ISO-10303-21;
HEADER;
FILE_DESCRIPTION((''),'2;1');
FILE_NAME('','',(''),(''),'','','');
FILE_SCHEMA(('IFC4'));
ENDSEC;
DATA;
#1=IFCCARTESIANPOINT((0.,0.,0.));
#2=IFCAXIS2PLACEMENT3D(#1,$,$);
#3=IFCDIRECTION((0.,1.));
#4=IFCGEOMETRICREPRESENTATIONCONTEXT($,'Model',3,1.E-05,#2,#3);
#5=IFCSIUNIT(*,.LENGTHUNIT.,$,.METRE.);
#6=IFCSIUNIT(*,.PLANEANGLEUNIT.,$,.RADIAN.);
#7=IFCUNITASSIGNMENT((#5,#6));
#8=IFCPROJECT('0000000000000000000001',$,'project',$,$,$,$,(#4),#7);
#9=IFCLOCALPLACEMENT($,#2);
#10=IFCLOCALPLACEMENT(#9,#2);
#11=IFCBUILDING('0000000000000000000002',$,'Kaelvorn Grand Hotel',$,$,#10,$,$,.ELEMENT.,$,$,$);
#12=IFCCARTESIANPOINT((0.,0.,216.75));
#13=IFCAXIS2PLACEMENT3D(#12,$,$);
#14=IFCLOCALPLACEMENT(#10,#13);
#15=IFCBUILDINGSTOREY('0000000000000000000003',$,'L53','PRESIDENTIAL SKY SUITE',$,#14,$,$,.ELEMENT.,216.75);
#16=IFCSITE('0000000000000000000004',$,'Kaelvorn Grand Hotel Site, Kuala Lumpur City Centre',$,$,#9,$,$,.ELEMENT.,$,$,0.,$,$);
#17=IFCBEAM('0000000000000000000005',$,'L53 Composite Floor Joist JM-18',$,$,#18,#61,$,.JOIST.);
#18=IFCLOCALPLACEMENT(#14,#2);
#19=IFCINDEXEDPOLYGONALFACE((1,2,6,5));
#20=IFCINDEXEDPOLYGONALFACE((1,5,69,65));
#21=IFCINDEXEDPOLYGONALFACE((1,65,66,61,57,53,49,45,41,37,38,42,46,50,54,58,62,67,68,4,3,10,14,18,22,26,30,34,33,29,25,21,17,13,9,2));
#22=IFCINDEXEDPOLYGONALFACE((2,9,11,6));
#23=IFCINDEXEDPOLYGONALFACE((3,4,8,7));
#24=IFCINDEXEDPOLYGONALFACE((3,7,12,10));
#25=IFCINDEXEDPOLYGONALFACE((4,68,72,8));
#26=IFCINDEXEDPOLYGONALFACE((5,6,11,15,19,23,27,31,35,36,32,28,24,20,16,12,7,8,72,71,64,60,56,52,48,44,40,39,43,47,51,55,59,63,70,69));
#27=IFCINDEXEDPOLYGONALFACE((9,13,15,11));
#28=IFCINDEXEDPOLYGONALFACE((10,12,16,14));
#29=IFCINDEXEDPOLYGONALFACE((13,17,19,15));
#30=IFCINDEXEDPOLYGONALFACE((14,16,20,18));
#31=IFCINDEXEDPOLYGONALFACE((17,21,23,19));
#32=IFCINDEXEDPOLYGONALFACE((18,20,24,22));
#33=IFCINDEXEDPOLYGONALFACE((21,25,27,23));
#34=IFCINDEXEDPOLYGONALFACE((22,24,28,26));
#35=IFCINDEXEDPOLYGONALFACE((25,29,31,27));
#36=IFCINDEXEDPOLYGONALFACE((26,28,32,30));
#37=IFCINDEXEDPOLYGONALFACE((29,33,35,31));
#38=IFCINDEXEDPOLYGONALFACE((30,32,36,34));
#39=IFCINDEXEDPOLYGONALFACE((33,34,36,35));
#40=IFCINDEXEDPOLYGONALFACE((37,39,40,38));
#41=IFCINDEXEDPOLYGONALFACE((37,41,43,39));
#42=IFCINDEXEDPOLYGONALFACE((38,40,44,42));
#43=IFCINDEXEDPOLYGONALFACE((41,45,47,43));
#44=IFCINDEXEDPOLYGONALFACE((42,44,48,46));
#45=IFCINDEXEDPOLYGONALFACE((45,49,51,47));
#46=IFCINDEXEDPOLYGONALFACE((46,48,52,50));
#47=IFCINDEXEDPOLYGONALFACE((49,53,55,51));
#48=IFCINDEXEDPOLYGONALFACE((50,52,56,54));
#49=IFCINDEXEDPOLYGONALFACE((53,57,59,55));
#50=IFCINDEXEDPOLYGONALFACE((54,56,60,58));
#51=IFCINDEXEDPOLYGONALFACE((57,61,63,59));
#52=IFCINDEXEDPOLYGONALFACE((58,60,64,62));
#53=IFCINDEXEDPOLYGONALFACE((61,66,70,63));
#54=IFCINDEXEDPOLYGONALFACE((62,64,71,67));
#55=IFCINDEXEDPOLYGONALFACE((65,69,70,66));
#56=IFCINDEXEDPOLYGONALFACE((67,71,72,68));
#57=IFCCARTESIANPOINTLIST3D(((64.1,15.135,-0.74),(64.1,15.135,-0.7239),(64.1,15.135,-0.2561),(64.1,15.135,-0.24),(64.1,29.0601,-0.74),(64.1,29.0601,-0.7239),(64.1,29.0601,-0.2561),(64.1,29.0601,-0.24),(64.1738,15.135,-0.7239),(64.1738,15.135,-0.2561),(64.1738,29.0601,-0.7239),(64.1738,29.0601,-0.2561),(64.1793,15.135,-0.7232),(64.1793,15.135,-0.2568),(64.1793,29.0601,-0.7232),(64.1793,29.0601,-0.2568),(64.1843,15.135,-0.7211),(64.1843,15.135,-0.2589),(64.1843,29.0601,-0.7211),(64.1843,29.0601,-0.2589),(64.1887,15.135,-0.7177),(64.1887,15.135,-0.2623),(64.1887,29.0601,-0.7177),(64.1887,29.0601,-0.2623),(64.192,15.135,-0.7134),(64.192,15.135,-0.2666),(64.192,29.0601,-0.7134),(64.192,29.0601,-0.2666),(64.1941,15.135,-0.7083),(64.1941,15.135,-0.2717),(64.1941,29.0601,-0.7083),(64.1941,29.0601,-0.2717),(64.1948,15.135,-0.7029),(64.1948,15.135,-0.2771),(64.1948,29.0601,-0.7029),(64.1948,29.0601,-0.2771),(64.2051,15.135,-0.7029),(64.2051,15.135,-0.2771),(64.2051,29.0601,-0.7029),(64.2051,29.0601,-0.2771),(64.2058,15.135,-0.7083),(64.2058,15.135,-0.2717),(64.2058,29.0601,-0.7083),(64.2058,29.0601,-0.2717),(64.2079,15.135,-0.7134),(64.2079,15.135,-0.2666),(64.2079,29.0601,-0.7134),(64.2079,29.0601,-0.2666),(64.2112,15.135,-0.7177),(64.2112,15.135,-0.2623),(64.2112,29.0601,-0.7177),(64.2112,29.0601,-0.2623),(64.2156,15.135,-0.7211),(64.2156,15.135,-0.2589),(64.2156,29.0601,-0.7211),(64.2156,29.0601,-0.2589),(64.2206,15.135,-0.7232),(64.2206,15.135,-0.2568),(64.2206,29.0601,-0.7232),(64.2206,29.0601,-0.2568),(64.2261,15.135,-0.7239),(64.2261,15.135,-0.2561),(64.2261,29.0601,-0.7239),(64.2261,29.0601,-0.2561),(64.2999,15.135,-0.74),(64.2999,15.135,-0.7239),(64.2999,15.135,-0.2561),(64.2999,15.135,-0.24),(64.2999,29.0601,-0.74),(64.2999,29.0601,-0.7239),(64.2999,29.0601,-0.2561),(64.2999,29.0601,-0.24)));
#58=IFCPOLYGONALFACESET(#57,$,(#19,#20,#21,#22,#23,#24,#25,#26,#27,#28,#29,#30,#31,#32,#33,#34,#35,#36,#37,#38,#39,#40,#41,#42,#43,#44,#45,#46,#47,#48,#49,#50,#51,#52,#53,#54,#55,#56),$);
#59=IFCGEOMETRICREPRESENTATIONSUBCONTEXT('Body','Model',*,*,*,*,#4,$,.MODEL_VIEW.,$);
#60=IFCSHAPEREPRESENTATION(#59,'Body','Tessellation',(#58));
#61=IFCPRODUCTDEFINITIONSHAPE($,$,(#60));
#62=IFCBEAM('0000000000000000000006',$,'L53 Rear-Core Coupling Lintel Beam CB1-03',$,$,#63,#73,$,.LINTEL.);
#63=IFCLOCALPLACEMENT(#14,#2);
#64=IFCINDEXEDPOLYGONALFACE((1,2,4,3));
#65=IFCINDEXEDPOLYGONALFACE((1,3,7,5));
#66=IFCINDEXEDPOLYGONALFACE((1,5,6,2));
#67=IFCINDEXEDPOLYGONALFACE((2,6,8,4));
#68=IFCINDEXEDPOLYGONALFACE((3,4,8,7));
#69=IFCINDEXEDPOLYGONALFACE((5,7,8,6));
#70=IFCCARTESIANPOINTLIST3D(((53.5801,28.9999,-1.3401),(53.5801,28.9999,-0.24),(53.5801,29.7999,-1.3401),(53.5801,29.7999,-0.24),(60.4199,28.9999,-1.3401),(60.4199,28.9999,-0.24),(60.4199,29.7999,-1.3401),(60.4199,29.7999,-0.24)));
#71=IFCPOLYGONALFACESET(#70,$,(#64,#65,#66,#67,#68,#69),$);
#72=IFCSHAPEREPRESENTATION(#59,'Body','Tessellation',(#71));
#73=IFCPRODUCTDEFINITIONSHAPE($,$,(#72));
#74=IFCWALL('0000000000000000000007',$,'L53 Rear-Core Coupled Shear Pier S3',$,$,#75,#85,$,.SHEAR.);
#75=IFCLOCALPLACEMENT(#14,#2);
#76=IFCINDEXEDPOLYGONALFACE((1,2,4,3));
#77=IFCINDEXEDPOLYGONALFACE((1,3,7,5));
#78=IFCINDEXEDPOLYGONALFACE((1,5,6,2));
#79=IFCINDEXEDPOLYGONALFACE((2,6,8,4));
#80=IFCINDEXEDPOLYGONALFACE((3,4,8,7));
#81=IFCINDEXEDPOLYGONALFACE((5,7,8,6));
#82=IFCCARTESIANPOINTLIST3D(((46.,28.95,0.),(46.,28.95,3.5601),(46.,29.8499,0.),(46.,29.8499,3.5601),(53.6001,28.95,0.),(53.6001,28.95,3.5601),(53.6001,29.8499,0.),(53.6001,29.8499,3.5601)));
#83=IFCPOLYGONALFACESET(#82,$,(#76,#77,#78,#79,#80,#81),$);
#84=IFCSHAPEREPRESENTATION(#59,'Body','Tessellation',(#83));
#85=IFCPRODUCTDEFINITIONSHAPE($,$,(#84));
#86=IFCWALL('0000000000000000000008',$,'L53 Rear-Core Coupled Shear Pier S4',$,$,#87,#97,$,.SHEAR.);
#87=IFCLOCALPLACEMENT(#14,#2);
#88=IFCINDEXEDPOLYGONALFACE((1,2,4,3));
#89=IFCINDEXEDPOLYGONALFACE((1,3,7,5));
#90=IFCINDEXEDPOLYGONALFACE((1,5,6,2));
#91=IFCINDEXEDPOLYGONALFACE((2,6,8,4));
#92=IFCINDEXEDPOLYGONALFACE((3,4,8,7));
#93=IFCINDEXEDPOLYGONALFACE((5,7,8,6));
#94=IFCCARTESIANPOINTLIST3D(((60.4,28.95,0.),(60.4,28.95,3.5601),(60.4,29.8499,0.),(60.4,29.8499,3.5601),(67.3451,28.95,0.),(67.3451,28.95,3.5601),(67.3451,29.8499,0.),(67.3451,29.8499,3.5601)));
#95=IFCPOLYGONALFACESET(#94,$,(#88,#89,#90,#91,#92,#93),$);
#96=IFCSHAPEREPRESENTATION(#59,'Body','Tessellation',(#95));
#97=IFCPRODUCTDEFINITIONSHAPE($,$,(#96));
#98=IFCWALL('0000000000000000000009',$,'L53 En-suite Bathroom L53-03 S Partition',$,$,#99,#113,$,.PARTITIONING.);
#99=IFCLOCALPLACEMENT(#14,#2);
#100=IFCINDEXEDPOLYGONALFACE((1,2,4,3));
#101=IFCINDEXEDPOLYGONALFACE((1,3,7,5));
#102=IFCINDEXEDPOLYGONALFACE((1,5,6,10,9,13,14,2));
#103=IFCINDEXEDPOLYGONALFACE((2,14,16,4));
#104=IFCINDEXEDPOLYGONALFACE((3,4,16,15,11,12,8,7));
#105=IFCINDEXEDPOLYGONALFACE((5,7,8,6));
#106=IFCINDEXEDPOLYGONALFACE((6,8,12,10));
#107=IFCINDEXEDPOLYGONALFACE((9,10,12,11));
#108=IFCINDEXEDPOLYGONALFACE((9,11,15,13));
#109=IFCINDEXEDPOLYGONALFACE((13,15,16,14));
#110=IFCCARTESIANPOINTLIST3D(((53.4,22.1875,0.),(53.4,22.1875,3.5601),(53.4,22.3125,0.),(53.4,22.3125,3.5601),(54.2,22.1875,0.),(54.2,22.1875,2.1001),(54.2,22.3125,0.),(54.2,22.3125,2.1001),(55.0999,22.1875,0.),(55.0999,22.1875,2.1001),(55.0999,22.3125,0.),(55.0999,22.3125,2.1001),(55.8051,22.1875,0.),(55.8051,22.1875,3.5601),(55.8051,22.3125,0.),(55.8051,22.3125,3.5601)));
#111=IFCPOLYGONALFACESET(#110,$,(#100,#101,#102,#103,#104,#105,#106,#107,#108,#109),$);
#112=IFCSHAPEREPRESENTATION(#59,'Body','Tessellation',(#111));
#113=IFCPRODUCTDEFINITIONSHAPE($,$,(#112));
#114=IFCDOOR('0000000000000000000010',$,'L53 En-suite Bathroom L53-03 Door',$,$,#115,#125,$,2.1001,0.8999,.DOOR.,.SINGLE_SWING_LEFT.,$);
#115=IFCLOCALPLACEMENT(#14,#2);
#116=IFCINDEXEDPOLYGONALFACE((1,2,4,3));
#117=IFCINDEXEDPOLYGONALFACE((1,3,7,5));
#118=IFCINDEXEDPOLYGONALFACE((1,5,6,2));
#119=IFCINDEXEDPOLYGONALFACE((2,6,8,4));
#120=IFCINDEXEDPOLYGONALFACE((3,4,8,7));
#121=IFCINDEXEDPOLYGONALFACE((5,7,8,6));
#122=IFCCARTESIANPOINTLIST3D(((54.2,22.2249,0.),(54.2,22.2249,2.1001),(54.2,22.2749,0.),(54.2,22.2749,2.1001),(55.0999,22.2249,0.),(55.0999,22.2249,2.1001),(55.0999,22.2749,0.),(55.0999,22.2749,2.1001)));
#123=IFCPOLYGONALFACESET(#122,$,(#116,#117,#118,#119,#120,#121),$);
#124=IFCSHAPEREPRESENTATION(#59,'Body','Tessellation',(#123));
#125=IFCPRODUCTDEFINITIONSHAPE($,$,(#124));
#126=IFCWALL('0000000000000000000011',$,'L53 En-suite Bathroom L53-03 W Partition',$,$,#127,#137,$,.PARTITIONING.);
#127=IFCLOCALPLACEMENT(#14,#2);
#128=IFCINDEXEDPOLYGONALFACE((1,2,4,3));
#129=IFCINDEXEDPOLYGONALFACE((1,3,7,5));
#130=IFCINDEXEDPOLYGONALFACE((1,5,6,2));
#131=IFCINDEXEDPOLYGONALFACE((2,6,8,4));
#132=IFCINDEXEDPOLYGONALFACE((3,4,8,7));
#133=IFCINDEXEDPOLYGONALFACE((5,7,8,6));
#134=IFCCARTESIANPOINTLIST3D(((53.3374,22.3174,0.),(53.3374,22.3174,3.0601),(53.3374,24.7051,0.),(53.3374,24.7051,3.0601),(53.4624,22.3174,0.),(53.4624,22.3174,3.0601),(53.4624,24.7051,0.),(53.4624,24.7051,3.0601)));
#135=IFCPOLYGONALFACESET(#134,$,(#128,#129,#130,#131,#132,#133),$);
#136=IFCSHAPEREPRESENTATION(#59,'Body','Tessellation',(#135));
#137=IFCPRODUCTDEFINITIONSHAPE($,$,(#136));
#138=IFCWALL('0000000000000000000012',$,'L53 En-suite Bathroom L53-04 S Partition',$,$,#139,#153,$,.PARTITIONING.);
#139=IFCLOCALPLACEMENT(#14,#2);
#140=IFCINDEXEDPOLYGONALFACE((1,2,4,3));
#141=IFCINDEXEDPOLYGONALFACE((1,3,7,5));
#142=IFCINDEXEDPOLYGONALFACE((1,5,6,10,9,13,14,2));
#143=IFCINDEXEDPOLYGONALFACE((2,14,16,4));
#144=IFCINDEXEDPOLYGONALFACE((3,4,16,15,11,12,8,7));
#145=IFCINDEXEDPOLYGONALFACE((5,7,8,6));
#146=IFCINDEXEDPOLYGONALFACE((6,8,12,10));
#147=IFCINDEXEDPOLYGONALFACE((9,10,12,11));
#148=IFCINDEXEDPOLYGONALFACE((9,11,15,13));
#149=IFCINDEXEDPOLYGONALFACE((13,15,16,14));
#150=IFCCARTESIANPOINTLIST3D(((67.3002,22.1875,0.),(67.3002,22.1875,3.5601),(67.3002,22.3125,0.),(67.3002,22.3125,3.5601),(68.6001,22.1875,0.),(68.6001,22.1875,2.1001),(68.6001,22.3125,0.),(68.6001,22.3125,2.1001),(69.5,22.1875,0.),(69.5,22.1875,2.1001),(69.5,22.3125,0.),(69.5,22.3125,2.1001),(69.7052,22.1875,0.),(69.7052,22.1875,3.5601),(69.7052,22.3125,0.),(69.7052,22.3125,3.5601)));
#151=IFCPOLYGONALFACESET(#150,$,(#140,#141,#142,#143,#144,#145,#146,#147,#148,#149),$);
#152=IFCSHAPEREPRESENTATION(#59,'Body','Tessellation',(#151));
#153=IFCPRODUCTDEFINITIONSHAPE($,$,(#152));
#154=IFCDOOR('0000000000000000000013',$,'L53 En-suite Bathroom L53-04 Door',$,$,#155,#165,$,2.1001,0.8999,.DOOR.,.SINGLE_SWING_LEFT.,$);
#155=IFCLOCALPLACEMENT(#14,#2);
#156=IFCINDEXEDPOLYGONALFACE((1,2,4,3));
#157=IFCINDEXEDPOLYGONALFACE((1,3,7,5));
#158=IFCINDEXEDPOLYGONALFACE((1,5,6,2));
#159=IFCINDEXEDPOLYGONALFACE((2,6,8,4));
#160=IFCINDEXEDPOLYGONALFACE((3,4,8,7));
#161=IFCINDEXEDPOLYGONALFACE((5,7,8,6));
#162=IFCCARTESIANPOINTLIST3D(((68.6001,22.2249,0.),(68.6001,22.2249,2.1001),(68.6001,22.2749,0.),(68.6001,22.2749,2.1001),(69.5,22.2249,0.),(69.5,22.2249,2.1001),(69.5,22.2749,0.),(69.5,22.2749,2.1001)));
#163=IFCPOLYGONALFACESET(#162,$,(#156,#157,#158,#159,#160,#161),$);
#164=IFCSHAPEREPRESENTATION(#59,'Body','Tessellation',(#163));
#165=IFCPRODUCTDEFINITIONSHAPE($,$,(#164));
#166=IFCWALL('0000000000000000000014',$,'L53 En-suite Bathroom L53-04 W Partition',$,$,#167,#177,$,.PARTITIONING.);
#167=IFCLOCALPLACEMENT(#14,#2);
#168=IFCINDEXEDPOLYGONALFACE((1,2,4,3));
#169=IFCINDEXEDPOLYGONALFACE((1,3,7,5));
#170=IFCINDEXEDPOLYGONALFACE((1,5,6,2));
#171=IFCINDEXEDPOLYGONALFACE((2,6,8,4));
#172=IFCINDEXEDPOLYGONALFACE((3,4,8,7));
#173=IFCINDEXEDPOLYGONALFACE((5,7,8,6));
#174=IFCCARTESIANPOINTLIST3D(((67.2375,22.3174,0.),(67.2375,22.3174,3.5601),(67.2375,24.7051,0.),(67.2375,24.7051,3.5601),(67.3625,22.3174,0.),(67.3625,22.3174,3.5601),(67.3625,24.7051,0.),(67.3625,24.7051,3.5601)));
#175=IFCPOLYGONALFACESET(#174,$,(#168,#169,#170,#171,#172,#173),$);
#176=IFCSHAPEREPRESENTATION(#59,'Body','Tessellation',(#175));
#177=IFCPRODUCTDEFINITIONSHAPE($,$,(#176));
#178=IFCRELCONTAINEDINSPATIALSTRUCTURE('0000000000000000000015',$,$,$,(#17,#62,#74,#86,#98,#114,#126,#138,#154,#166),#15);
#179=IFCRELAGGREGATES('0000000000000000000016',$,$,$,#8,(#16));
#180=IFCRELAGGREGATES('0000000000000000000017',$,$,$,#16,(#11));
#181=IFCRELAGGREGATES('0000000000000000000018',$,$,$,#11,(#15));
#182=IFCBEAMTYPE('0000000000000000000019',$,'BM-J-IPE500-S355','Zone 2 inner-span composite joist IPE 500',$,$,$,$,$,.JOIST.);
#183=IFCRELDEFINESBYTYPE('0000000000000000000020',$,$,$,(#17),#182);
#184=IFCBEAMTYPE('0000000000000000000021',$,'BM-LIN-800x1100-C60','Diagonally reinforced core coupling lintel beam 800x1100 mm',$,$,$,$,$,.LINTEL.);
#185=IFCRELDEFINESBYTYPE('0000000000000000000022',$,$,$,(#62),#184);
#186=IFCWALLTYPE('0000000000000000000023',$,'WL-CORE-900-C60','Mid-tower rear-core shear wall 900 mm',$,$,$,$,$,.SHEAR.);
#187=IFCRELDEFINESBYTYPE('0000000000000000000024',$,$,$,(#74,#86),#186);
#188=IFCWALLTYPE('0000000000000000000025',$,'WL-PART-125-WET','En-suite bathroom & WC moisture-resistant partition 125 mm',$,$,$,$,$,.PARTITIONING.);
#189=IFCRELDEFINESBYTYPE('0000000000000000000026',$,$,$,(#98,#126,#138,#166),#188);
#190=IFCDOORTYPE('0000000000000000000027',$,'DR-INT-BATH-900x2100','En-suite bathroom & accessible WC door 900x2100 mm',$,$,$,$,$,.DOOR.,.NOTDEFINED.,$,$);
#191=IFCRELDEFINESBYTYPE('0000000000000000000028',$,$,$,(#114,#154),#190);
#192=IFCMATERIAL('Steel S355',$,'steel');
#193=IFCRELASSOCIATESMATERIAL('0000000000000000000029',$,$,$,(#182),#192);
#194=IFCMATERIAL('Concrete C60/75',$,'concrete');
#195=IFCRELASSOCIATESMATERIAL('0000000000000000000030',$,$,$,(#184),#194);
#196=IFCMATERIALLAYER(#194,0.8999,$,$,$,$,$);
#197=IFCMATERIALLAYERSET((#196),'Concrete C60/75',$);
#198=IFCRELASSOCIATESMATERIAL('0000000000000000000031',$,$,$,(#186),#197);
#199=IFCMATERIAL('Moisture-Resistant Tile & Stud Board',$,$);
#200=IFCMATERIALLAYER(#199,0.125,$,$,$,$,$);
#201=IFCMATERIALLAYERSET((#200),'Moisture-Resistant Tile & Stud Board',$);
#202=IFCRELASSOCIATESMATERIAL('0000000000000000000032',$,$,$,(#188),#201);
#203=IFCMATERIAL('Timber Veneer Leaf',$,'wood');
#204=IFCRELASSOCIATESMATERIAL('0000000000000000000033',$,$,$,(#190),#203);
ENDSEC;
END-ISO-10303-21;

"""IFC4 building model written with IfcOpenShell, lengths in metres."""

from ifc_helpers import new_model, si_unit, direction, frame, frame_2d, origin, origin_2d, place, context, subcontext, project, spatial, rectangle, i_section, extrude, material, layer, layer_set, material_profile, profile_set, type_object, element, fill, save


model = new_model("IFC4")

# Units and contexts
model_context = context("Model", 3, precision=1e-05, world=origin(), true_north=direction((0.0, 1.0)))
body_context = subcontext(model_context, "Body", "Model", "MODEL_VIEW")
ifc_project = project(units=[si_unit("LENGTHUNIT", "METRE"), si_unit("PLANEANGLEUNIT", "RADIAN")], contexts=[model_context])

# Site, building, storey
site_placement = place(None, origin())
site = spatial("IfcSite", under=ifc_project, at=site_placement, Name="Kaelvorn Grand Hotel Site, Kuala Lumpur City Centre", CompositionType="ELEMENT", RefElevation=0.0)
building_placement = place(site_placement, origin())
building = spatial("IfcBuilding", under=site, at=building_placement, Name="Kaelvorn Grand Hotel", CompositionType="ELEMENT")
storey_placement = place(building_placement, frame((0.0, 0.0, 216.75)))
storey = spatial("IfcBuildingStorey", under=building, at=storey_placement, Name="L53", Description="PRESIDENTIAL SKY SUITE", CompositionType="ELEMENT", Elevation=216.75)

# Shared definitions
ifc_material_1 = material(Name="Concrete C60/75", Category="concrete")

# Beams
ifc_material_2 = material(Name="Steel S355", Category="steel")
ifc_material_profile_1 = material_profile(ifc_material_2, i_section(OverallWidth=0.2, OverallDepth=0.5, WebThickness=0.0103, FlangeThickness=0.0161, FilletRadius=0.021, at=origin_2d()), Name="IPE 500")
ifc_profile_set_1 = profile_set([ifc_material_profile_1], Name="Steel S355")
beam_type_1 = type_object("IfcBeamType", Name="BM-J-IPE500-S355", Description="Zone 2 inner-span composite joist IPE 500", PredefinedType="JOIST", material=ifc_profile_set_1)
beam_1_placement = place(storey_placement, frame((64.2, 15.135, -0.49), z_axis=(0.0, 1.0, 0.0), x_axis=(-1.0, 0.0, 0.0)))
element("IfcBeam", 1, at=beam_1_placement, inside=storey, type_object=beam_type_1, Name="L53 Composite Floor Joist JM-18", PredefinedType="JOIST", context=body_context, shape_type="SweptSolid", body=[
    extrude(i_section(OverallWidth=0.2, OverallDepth=0.5, WebThickness=0.0103, FlangeThickness=0.0161, FilletRadius=0.021, at=origin_2d()), origin(), (0.0, 0.0, 1.0), 13.925),
])
ifc_material_profile_2 = material_profile(ifc_material_1, rectangle(XDim=0.8, YDim=1.1001, at=origin_2d()), Name="RC LINTEL 800x1100")
ifc_profile_set_2 = profile_set([ifc_material_profile_2], Name="Concrete C60/75")
beam_type_2 = type_object("IfcBeamType", Name="BM-LIN-800x1100-C60", Description="Diagonally reinforced core coupling lintel beam 800x1100 mm", PredefinedType="LINTEL", material=ifc_profile_set_2)
beam_2_placement = place(storey_placement, frame((53.5801, 29.3999, -0.79), z_axis=(1.0, 0.0, 0.0), x_axis=(0.0, 1.0, 0.0)))
element("IfcBeam", 2, at=beam_2_placement, inside=storey, type_object=beam_type_2, Name="L53 Rear-Core Coupling Lintel Beam CB1-03", PredefinedType="LINTEL", context=body_context, shape_type="SweptSolid", body=[
    extrude(rectangle(XDim=0.8, YDim=1.1001, at=origin_2d()), origin(), (0.0, 0.0, 1.0), 6.8398),
])

# Walls
ifc_layer_1 = layer(ifc_material_1, 0.8999)
ifc_layer_set_1 = layer_set([ifc_layer_1], Name="Concrete C60/75")
wall_type_1 = type_object("IfcWallType", Name="WL-CORE-900-C60", Description="Mid-tower rear-core shear wall 900 mm", PredefinedType="SHEAR", material=ifc_layer_set_1)
wall_1_placement = place(storey_placement, frame((46.0, 29.3999, 0.0), z_axis=(0.0, 0.0, 1.0), x_axis=(1.0, 0.0, 0.0)))
element("IfcWall", 3, at=wall_1_placement, inside=storey, type_object=wall_type_1, Name="L53 Rear-Core Coupled Shear Pier S3", PredefinedType="SHEAR", context=body_context, shape_type="SweptSolid", body=[
    extrude(rectangle(XDim=7.6001, YDim=0.8999, at=frame_2d((3.8, 0.0))), origin(), (0.0, 0.0, 1.0), 3.5601),
])
wall_2_placement = place(storey_placement, frame((60.3999, 29.3999, 0.0), z_axis=(0.0, 0.0, 1.0), x_axis=(1.0, 0.0, 0.0)))
element("IfcWall", 4, at=wall_2_placement, inside=storey, type_object=wall_type_1, Name="L53 Rear-Core Coupled Shear Pier S4", PredefinedType="SHEAR", context=body_context, shape_type="SweptSolid", body=[
    extrude(rectangle(XDim=6.9451, YDim=0.8999, at=frame_2d((3.4727, 0.0))), origin(), (0.0, 0.0, 1.0), 3.5601),
])

# Wall, opening, door
ifc_material_3 = material(Name="Moisture-Resistant Tile & Stud Board")
ifc_layer_2 = layer(ifc_material_3, 0.125)
ifc_layer_set_2 = layer_set([ifc_layer_2], Name="Moisture-Resistant Tile & Stud Board")
wall_type_2 = type_object("IfcWallType", Name="WL-PART-125-WET", Description="En-suite bathroom & WC moisture-resistant partition 125 mm", PredefinedType="PARTITIONING", material=ifc_layer_set_2)
wall_3_placement = place(storey_placement, frame((53.3999, 22.25, 0.0), z_axis=(0.0, 0.0, 1.0), x_axis=(1.0, 0.0, 0.0)))
wall_3 = element("IfcWall", 5, at=wall_3_placement, inside=storey, type_object=wall_type_2, Name="L53 En-suite Bathroom L53-03 S Partition", PredefinedType="PARTITIONING", context=body_context, shape_type="SweptSolid", body=[
    extrude(rectangle(XDim=2.405, YDim=0.125, at=frame_2d((1.2026, 0.0))), origin(), (0.0, 0.0, 1.0), 3.5601),
])
opening_1_placement = place(wall_3_placement, frame((0.8, 0.0, 0.0)))
opening_1 = element("IfcOpeningElement", 6, at=opening_1_placement, cuts=wall_3, PredefinedType="OPENING", context=body_context, shape_type="SweptSolid", body=[
    extrude(rectangle(XDim=0.8999, YDim=2.1001, at=frame_2d((0.45, 1.05))), frame((0.0, 0.0725, 0.0), z_axis=(0.0, -1.0, 0.0), x_axis=(1.0, 0.0, 0.0)), (0.0, 0.0, 1.0), 0.145),
])
ifc_material_4 = material(Name="Timber Veneer Leaf", Category="wood")
door_type_1 = type_object("IfcDoorType", Name="DR-INT-BATH-900x2100", Description="En-suite bathroom & accessible WC door 900x2100 mm", OperationType="NOTDEFINED", PredefinedType="DOOR", material=ifc_material_4)
door_1_placement = place(opening_1_placement, origin())
door_1 = element("IfcDoor", 7, at=door_1_placement, inside=storey, type_object=door_type_1, Name="L53 En-suite Bathroom L53-03 Door", OperationType="SINGLE_SWING_LEFT", OverallHeight=2.1001, OverallWidth=0.8999, PredefinedType="DOOR", context=body_context, shape_type="SweptSolid", body=[
    extrude(rectangle(XDim=0.8999, YDim=2.1001, at=frame_2d((0.45, 1.05))), frame((0.0, 0.0249, 0.0), z_axis=(0.0, -1.0, 0.0), x_axis=(1.0, 0.0, 0.0)), (0.0, 0.0, 1.0), 0.05),
])
fill(opening_1, door_1)

# Wall
wall_4_placement = place(storey_placement, frame((53.3999, 22.3174, 0.0), z_axis=(0.0, 0.0, 1.0), x_axis=(0.0, 1.0, 0.0)))
element("IfcWall", 8, at=wall_4_placement, inside=storey, type_object=wall_type_2, Name="L53 En-suite Bathroom L53-03 W Partition", PredefinedType="PARTITIONING", context=body_context, shape_type="SweptSolid", body=[
    extrude(rectangle(XDim=2.3877, YDim=0.125, at=frame_2d((1.1938, 0.0))), origin(), (0.0, 0.0, 1.0), 3.0601),
])

# Wall, opening, door
wall_5_placement = place(storey_placement, frame((67.3, 22.25, 0.0), z_axis=(0.0, 0.0, 1.0), x_axis=(1.0, 0.0, 0.0)))
wall_5 = element("IfcWall", 9, at=wall_5_placement, inside=storey, type_object=wall_type_2, Name="L53 En-suite Bathroom L53-04 S Partition", PredefinedType="PARTITIONING", context=body_context, shape_type="SweptSolid", body=[
    extrude(rectangle(XDim=2.405, YDim=0.125, at=frame_2d((1.2026, 0.0))), origin(), (0.0, 0.0, 1.0), 3.5601),
])
opening_2_placement = place(wall_5_placement, frame((1.3, 0.0, 0.0)))
opening_2 = element("IfcOpeningElement", 10, at=opening_2_placement, cuts=wall_5, PredefinedType="OPENING", context=body_context, shape_type="SweptSolid", body=[
    extrude(rectangle(XDim=0.8999, YDim=2.1001, at=frame_2d((0.45, 1.05))), frame((0.0, 0.0725, 0.0), z_axis=(0.0, -1.0, 0.0), x_axis=(1.0, 0.0, 0.0)), (0.0, 0.0, 1.0), 0.145),
])
door_2_placement = place(opening_2_placement, origin())
door_2 = element("IfcDoor", 11, at=door_2_placement, inside=storey, type_object=door_type_1, Name="L53 En-suite Bathroom L53-04 Door", OperationType="SINGLE_SWING_LEFT", OverallHeight=2.1001, OverallWidth=0.8999, PredefinedType="DOOR", context=body_context, shape_type="SweptSolid", body=[
    extrude(rectangle(XDim=0.8999, YDim=2.1001, at=frame_2d((0.45, 1.05))), frame((0.0, 0.0249, 0.0), z_axis=(0.0, -1.0, 0.0), x_axis=(1.0, 0.0, 0.0)), (0.0, 0.0, 1.0), 0.05),
])
fill(opening_2, door_2)

# Wall
wall_6_placement = place(storey_placement, frame((67.3, 22.3174, 0.0), z_axis=(0.0, 0.0, 1.0), x_axis=(0.0, 1.0, 0.0)))
element("IfcWall", 12, at=wall_6_placement, inside=storey, type_object=wall_type_2, Name="L53 En-suite Bathroom L53-04 W Partition", PredefinedType="PARTITIONING", context=body_context, shape_type="SweptSolid", body=[
    extrude(rectangle(XDim=2.3877, YDim=0.125, at=frame_2d((1.1938, 0.0))), origin(), (0.0, 0.0, 1.0), 3.5601),
])

save(model, "model.ifc")
